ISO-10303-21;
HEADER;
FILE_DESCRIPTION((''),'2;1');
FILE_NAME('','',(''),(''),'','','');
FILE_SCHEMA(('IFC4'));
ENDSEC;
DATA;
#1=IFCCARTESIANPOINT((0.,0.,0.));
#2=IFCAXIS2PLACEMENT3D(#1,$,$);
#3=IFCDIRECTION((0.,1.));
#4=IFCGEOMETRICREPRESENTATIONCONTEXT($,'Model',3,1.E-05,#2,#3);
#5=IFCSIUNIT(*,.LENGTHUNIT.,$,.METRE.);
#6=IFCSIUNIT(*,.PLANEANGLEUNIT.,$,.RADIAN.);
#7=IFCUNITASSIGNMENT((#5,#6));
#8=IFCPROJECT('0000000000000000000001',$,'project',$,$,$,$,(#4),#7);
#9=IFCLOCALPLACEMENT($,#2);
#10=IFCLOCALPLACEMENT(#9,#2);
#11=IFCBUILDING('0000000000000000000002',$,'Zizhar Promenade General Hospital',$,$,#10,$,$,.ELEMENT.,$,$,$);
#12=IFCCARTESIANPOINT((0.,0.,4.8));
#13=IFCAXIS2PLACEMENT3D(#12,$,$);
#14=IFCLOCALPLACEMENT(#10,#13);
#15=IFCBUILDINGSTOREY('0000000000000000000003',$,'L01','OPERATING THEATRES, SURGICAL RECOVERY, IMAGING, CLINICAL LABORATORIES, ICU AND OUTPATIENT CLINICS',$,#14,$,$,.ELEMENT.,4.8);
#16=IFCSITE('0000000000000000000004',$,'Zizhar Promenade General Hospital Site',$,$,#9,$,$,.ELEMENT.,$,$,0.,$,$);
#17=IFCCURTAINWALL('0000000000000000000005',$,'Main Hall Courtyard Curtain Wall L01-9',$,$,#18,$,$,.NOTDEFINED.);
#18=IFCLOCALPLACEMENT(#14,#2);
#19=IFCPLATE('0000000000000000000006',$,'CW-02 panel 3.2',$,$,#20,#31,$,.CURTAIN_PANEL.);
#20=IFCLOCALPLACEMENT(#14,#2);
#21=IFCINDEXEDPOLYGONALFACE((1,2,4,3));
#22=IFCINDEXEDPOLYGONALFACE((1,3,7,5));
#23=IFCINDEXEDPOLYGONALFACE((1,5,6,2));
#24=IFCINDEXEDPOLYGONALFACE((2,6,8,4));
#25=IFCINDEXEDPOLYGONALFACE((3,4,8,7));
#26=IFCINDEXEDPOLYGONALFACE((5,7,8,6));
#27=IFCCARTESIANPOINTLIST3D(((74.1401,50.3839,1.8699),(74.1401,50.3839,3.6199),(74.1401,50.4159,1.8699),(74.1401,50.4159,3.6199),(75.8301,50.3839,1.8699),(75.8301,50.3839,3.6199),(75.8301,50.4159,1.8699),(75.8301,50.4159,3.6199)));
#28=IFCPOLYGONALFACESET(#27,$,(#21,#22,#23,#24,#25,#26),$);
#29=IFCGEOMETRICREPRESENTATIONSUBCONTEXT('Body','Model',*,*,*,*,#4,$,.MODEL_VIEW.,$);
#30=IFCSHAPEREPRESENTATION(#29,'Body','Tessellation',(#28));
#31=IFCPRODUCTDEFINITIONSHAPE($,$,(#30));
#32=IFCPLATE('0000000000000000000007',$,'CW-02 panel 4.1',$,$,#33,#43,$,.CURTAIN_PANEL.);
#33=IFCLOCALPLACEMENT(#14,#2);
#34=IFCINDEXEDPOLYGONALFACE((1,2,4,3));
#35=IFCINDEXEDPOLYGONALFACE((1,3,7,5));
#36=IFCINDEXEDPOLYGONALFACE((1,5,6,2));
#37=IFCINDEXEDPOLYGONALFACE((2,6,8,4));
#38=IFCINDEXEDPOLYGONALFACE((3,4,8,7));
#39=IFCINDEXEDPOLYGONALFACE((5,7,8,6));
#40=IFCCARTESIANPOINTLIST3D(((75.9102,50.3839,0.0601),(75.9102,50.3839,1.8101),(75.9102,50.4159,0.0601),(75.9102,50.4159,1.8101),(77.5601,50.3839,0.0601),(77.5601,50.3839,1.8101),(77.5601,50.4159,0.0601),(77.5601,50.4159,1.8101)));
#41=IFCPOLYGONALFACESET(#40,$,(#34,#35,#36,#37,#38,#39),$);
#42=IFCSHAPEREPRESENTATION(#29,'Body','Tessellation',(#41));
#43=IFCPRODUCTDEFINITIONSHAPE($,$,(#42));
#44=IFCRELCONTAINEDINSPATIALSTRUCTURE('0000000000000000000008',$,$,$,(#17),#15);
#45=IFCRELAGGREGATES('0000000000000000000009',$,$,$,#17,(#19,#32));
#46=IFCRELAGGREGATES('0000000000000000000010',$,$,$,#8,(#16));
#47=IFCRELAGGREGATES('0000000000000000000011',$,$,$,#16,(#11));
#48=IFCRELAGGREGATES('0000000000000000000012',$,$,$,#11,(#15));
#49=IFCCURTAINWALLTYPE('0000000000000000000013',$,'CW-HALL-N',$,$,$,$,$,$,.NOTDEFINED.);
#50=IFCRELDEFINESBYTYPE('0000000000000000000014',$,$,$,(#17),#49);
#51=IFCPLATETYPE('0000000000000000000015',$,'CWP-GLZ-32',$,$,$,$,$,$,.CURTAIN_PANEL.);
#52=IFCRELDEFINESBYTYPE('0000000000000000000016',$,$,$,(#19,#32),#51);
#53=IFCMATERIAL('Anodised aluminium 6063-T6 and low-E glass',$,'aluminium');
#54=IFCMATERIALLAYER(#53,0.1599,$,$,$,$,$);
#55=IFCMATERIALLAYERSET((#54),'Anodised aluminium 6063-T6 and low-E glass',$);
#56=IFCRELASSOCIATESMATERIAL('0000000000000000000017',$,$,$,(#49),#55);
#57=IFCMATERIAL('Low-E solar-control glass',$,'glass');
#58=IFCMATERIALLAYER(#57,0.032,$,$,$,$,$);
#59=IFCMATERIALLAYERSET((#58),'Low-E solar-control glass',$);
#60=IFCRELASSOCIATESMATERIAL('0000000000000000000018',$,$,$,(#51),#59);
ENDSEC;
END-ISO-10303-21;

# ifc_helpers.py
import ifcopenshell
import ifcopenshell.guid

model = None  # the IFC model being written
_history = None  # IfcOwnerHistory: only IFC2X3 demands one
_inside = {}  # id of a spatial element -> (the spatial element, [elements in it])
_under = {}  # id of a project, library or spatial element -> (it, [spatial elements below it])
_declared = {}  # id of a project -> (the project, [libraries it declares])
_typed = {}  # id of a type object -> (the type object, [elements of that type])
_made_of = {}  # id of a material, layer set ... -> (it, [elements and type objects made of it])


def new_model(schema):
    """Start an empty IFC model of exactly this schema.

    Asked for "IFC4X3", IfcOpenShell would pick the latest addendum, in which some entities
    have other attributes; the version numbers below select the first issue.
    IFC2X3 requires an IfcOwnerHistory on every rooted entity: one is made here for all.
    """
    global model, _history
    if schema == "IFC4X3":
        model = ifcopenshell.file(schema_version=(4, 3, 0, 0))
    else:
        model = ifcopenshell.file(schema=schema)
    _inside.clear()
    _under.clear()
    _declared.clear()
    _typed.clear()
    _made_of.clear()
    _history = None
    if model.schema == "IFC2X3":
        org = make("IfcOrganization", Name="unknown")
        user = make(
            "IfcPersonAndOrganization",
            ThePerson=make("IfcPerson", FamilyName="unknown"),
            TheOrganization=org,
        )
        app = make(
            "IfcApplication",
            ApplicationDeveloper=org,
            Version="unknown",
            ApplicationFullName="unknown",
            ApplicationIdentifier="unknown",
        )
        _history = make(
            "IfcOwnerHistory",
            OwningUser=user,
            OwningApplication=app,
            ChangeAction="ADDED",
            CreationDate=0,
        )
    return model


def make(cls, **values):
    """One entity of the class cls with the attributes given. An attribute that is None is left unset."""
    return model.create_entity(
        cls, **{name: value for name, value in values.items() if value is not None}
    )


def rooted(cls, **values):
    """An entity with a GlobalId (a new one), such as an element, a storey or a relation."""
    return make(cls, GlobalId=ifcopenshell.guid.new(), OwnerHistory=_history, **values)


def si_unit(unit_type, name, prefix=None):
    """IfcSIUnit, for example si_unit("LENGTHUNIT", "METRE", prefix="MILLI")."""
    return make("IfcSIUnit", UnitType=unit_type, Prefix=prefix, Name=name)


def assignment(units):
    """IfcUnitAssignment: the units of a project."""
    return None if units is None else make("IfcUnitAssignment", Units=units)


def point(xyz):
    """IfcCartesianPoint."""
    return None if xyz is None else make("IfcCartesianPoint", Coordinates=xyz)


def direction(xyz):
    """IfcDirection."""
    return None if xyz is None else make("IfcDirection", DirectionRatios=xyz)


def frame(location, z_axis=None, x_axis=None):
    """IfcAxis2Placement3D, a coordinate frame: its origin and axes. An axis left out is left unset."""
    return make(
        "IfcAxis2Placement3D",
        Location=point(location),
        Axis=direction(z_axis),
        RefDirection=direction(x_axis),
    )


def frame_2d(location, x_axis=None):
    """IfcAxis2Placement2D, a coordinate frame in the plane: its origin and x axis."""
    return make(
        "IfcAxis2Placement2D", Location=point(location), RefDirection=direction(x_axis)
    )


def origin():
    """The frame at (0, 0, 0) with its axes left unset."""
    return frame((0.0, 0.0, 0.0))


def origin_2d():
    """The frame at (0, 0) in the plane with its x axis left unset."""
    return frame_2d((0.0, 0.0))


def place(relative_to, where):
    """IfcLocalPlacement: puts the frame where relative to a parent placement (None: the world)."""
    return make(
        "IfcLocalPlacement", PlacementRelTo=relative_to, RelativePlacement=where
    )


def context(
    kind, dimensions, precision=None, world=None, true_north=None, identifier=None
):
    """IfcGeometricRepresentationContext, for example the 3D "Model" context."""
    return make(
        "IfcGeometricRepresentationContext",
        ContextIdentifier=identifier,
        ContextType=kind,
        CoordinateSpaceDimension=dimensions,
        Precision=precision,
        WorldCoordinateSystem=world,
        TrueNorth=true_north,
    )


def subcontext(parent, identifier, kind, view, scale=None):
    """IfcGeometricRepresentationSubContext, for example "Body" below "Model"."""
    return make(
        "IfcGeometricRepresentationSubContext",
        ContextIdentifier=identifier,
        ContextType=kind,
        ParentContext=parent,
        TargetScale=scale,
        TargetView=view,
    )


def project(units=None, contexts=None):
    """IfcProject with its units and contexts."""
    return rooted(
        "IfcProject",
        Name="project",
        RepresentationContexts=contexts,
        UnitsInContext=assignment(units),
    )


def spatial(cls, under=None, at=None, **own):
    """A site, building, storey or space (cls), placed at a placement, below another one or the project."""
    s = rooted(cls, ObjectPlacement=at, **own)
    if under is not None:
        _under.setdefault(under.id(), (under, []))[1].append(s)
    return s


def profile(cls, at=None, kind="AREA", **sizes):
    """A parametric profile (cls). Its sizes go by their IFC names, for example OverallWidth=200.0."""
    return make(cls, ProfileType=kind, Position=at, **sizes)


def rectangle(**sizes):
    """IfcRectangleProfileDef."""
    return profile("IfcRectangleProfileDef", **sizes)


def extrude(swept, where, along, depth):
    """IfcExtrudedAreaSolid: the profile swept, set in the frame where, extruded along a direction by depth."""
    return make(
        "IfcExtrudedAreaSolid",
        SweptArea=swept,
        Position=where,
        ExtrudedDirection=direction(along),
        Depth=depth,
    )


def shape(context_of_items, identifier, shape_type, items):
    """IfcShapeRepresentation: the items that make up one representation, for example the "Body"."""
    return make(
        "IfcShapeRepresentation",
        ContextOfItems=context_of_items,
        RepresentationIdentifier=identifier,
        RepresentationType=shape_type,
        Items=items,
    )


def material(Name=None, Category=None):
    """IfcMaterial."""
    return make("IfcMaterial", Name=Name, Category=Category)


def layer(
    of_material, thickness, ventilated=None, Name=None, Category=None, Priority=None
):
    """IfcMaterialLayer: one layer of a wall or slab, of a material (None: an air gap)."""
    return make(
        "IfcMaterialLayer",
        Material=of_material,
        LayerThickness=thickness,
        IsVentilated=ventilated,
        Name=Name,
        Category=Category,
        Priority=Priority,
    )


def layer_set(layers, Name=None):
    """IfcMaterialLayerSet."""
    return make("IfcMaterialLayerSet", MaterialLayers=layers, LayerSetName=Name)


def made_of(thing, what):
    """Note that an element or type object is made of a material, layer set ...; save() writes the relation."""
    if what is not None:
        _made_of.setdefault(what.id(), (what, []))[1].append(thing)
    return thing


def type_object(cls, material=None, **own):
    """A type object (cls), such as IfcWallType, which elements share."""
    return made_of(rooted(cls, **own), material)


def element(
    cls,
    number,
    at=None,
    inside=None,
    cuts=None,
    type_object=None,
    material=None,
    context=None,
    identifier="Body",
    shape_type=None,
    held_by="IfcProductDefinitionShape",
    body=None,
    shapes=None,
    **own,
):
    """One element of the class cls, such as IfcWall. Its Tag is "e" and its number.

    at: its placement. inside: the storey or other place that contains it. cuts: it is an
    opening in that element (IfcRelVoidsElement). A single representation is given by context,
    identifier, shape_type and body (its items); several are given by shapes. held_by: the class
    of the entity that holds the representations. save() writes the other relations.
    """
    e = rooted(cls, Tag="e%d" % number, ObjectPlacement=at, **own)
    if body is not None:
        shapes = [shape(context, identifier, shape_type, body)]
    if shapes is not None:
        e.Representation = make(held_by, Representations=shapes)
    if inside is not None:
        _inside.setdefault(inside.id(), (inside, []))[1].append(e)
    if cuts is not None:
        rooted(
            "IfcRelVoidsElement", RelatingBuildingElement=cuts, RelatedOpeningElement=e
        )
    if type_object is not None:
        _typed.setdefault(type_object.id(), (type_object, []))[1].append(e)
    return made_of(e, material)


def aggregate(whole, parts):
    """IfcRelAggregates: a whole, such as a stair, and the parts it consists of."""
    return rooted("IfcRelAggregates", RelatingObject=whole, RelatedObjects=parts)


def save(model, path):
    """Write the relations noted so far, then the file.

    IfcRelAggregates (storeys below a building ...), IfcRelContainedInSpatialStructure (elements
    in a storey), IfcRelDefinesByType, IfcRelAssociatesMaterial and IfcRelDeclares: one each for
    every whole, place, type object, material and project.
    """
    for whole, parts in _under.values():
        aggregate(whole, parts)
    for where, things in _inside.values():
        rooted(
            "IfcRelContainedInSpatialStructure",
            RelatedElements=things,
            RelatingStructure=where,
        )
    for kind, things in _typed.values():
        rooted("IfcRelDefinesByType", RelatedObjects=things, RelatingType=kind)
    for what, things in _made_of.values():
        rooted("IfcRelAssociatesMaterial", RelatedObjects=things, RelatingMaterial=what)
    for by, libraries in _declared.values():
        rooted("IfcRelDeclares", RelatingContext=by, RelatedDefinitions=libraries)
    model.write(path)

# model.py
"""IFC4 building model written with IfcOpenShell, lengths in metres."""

from ifc_helpers import new_model, si_unit, direction, frame, origin, origin_2d, place, context, subcontext, project, spatial, rectangle, extrude, material, layer, layer_set, type_object, element, aggregate, save


model = new_model("IFC4")

# Units and contexts
model_context = context("Model", 3, precision=1e-05, world=origin(), true_north=direction((0.0, 1.0)))
body_context = subcontext(model_context, "Body", "Model", "MODEL_VIEW")
ifc_project = project(units=[si_unit("LENGTHUNIT", "METRE"), si_unit("PLANEANGLEUNIT", "RADIAN")], contexts=[model_context])

# Site, building, storey
site_placement = place(None, origin())
site = spatial("IfcSite", under=ifc_project, at=site_placement, Name="Zizhar Promenade General Hospital Site", CompositionType="ELEMENT", RefElevation=0.0)
building_placement = place(site_placement, origin())
building = spatial("IfcBuilding", under=site, at=building_placement, Name="Zizhar Promenade General Hospital", CompositionType="ELEMENT")
storey_placement = place(building_placement, frame((0.0, 0.0, 4.8)))
storey = spatial("IfcBuildingStorey", under=building, at=storey_placement, Name="L01", Description="OPERATING THEATRES, SURGICAL RECOVERY, IMAGING, CLINICAL LABORATORIES, ICU AND OUTPATIENT CLINICS", CompositionType="ELEMENT", Elevation=4.8)

# Curtain wall, plates
ifc_material_1 = material(Name="Anodised aluminium 6063-T6 and low-E glass", Category="aluminium")
ifc_layer_1 = layer(ifc_material_1, 0.1599)
ifc_layer_set_1 = layer_set([ifc_layer_1], Name="Anodised aluminium 6063-T6 and low-E glass")
curtain_wall_type = type_object("IfcCurtainWallType", Name="CW-HALL-N", PredefinedType="NOTDEFINED", material=ifc_layer_set_1)
curtain_wall_placement = place(storey_placement, origin())
curtain_wall = element("IfcCurtainWall", 1, at=curtain_wall_placement, inside=storey, type_object=curtain_wall_type, Name="Main Hall Courtyard Curtain Wall L01-9", PredefinedType="NOTDEFINED")
ifc_material_2 = material(Name="Low-E solar-control glass", Category="glass")
ifc_layer_2 = layer(ifc_material_2, 0.032)
ifc_layer_set_2 = layer_set([ifc_layer_2], Name="Low-E solar-control glass")
plate_type = type_object("IfcPlateType", Name="CWP-GLZ-32", PredefinedType="CURTAIN_PANEL", material=ifc_layer_set_2)
plate_1_placement = place(storey_placement, frame((74.9851, 50.3999, 1.8699), z_axis=(0.0, 0.0, 1.0), x_axis=(1.0, 0.0, 0.0)))
plate_1 = element("IfcPlate", 2, at=plate_1_placement, type_object=plate_type, Name="CW-02 panel 3.2", PredefinedType="CURTAIN_PANEL", context=body_context, shape_type="SweptSolid", body=[
    extrude(rectangle(XDim=1.6899, YDim=0.032, at=origin_2d()), origin(), (0.0, 0.0, 1.0), 1.75),
])
plate_2_placement = place(storey_placement, frame((76.7351, 50.3999, 0.0601), z_axis=(0.0, 0.0, 1.0), x_axis=(1.0, 0.0, 0.0)))
plate_2 = element("IfcPlate", 3, at=plate_2_placement, type_object=plate_type, Name="CW-02 panel 4.1", PredefinedType="CURTAIN_PANEL", context=body_context, shape_type="SweptSolid", body=[
    extrude(rectangle(XDim=1.6499, YDim=0.032, at=origin_2d()), origin(), (0.0, 0.0, 1.0), 1.75),
])
aggregate(curtain_wall, [plate_1, plate_2])

save(model, "model.ifc")
